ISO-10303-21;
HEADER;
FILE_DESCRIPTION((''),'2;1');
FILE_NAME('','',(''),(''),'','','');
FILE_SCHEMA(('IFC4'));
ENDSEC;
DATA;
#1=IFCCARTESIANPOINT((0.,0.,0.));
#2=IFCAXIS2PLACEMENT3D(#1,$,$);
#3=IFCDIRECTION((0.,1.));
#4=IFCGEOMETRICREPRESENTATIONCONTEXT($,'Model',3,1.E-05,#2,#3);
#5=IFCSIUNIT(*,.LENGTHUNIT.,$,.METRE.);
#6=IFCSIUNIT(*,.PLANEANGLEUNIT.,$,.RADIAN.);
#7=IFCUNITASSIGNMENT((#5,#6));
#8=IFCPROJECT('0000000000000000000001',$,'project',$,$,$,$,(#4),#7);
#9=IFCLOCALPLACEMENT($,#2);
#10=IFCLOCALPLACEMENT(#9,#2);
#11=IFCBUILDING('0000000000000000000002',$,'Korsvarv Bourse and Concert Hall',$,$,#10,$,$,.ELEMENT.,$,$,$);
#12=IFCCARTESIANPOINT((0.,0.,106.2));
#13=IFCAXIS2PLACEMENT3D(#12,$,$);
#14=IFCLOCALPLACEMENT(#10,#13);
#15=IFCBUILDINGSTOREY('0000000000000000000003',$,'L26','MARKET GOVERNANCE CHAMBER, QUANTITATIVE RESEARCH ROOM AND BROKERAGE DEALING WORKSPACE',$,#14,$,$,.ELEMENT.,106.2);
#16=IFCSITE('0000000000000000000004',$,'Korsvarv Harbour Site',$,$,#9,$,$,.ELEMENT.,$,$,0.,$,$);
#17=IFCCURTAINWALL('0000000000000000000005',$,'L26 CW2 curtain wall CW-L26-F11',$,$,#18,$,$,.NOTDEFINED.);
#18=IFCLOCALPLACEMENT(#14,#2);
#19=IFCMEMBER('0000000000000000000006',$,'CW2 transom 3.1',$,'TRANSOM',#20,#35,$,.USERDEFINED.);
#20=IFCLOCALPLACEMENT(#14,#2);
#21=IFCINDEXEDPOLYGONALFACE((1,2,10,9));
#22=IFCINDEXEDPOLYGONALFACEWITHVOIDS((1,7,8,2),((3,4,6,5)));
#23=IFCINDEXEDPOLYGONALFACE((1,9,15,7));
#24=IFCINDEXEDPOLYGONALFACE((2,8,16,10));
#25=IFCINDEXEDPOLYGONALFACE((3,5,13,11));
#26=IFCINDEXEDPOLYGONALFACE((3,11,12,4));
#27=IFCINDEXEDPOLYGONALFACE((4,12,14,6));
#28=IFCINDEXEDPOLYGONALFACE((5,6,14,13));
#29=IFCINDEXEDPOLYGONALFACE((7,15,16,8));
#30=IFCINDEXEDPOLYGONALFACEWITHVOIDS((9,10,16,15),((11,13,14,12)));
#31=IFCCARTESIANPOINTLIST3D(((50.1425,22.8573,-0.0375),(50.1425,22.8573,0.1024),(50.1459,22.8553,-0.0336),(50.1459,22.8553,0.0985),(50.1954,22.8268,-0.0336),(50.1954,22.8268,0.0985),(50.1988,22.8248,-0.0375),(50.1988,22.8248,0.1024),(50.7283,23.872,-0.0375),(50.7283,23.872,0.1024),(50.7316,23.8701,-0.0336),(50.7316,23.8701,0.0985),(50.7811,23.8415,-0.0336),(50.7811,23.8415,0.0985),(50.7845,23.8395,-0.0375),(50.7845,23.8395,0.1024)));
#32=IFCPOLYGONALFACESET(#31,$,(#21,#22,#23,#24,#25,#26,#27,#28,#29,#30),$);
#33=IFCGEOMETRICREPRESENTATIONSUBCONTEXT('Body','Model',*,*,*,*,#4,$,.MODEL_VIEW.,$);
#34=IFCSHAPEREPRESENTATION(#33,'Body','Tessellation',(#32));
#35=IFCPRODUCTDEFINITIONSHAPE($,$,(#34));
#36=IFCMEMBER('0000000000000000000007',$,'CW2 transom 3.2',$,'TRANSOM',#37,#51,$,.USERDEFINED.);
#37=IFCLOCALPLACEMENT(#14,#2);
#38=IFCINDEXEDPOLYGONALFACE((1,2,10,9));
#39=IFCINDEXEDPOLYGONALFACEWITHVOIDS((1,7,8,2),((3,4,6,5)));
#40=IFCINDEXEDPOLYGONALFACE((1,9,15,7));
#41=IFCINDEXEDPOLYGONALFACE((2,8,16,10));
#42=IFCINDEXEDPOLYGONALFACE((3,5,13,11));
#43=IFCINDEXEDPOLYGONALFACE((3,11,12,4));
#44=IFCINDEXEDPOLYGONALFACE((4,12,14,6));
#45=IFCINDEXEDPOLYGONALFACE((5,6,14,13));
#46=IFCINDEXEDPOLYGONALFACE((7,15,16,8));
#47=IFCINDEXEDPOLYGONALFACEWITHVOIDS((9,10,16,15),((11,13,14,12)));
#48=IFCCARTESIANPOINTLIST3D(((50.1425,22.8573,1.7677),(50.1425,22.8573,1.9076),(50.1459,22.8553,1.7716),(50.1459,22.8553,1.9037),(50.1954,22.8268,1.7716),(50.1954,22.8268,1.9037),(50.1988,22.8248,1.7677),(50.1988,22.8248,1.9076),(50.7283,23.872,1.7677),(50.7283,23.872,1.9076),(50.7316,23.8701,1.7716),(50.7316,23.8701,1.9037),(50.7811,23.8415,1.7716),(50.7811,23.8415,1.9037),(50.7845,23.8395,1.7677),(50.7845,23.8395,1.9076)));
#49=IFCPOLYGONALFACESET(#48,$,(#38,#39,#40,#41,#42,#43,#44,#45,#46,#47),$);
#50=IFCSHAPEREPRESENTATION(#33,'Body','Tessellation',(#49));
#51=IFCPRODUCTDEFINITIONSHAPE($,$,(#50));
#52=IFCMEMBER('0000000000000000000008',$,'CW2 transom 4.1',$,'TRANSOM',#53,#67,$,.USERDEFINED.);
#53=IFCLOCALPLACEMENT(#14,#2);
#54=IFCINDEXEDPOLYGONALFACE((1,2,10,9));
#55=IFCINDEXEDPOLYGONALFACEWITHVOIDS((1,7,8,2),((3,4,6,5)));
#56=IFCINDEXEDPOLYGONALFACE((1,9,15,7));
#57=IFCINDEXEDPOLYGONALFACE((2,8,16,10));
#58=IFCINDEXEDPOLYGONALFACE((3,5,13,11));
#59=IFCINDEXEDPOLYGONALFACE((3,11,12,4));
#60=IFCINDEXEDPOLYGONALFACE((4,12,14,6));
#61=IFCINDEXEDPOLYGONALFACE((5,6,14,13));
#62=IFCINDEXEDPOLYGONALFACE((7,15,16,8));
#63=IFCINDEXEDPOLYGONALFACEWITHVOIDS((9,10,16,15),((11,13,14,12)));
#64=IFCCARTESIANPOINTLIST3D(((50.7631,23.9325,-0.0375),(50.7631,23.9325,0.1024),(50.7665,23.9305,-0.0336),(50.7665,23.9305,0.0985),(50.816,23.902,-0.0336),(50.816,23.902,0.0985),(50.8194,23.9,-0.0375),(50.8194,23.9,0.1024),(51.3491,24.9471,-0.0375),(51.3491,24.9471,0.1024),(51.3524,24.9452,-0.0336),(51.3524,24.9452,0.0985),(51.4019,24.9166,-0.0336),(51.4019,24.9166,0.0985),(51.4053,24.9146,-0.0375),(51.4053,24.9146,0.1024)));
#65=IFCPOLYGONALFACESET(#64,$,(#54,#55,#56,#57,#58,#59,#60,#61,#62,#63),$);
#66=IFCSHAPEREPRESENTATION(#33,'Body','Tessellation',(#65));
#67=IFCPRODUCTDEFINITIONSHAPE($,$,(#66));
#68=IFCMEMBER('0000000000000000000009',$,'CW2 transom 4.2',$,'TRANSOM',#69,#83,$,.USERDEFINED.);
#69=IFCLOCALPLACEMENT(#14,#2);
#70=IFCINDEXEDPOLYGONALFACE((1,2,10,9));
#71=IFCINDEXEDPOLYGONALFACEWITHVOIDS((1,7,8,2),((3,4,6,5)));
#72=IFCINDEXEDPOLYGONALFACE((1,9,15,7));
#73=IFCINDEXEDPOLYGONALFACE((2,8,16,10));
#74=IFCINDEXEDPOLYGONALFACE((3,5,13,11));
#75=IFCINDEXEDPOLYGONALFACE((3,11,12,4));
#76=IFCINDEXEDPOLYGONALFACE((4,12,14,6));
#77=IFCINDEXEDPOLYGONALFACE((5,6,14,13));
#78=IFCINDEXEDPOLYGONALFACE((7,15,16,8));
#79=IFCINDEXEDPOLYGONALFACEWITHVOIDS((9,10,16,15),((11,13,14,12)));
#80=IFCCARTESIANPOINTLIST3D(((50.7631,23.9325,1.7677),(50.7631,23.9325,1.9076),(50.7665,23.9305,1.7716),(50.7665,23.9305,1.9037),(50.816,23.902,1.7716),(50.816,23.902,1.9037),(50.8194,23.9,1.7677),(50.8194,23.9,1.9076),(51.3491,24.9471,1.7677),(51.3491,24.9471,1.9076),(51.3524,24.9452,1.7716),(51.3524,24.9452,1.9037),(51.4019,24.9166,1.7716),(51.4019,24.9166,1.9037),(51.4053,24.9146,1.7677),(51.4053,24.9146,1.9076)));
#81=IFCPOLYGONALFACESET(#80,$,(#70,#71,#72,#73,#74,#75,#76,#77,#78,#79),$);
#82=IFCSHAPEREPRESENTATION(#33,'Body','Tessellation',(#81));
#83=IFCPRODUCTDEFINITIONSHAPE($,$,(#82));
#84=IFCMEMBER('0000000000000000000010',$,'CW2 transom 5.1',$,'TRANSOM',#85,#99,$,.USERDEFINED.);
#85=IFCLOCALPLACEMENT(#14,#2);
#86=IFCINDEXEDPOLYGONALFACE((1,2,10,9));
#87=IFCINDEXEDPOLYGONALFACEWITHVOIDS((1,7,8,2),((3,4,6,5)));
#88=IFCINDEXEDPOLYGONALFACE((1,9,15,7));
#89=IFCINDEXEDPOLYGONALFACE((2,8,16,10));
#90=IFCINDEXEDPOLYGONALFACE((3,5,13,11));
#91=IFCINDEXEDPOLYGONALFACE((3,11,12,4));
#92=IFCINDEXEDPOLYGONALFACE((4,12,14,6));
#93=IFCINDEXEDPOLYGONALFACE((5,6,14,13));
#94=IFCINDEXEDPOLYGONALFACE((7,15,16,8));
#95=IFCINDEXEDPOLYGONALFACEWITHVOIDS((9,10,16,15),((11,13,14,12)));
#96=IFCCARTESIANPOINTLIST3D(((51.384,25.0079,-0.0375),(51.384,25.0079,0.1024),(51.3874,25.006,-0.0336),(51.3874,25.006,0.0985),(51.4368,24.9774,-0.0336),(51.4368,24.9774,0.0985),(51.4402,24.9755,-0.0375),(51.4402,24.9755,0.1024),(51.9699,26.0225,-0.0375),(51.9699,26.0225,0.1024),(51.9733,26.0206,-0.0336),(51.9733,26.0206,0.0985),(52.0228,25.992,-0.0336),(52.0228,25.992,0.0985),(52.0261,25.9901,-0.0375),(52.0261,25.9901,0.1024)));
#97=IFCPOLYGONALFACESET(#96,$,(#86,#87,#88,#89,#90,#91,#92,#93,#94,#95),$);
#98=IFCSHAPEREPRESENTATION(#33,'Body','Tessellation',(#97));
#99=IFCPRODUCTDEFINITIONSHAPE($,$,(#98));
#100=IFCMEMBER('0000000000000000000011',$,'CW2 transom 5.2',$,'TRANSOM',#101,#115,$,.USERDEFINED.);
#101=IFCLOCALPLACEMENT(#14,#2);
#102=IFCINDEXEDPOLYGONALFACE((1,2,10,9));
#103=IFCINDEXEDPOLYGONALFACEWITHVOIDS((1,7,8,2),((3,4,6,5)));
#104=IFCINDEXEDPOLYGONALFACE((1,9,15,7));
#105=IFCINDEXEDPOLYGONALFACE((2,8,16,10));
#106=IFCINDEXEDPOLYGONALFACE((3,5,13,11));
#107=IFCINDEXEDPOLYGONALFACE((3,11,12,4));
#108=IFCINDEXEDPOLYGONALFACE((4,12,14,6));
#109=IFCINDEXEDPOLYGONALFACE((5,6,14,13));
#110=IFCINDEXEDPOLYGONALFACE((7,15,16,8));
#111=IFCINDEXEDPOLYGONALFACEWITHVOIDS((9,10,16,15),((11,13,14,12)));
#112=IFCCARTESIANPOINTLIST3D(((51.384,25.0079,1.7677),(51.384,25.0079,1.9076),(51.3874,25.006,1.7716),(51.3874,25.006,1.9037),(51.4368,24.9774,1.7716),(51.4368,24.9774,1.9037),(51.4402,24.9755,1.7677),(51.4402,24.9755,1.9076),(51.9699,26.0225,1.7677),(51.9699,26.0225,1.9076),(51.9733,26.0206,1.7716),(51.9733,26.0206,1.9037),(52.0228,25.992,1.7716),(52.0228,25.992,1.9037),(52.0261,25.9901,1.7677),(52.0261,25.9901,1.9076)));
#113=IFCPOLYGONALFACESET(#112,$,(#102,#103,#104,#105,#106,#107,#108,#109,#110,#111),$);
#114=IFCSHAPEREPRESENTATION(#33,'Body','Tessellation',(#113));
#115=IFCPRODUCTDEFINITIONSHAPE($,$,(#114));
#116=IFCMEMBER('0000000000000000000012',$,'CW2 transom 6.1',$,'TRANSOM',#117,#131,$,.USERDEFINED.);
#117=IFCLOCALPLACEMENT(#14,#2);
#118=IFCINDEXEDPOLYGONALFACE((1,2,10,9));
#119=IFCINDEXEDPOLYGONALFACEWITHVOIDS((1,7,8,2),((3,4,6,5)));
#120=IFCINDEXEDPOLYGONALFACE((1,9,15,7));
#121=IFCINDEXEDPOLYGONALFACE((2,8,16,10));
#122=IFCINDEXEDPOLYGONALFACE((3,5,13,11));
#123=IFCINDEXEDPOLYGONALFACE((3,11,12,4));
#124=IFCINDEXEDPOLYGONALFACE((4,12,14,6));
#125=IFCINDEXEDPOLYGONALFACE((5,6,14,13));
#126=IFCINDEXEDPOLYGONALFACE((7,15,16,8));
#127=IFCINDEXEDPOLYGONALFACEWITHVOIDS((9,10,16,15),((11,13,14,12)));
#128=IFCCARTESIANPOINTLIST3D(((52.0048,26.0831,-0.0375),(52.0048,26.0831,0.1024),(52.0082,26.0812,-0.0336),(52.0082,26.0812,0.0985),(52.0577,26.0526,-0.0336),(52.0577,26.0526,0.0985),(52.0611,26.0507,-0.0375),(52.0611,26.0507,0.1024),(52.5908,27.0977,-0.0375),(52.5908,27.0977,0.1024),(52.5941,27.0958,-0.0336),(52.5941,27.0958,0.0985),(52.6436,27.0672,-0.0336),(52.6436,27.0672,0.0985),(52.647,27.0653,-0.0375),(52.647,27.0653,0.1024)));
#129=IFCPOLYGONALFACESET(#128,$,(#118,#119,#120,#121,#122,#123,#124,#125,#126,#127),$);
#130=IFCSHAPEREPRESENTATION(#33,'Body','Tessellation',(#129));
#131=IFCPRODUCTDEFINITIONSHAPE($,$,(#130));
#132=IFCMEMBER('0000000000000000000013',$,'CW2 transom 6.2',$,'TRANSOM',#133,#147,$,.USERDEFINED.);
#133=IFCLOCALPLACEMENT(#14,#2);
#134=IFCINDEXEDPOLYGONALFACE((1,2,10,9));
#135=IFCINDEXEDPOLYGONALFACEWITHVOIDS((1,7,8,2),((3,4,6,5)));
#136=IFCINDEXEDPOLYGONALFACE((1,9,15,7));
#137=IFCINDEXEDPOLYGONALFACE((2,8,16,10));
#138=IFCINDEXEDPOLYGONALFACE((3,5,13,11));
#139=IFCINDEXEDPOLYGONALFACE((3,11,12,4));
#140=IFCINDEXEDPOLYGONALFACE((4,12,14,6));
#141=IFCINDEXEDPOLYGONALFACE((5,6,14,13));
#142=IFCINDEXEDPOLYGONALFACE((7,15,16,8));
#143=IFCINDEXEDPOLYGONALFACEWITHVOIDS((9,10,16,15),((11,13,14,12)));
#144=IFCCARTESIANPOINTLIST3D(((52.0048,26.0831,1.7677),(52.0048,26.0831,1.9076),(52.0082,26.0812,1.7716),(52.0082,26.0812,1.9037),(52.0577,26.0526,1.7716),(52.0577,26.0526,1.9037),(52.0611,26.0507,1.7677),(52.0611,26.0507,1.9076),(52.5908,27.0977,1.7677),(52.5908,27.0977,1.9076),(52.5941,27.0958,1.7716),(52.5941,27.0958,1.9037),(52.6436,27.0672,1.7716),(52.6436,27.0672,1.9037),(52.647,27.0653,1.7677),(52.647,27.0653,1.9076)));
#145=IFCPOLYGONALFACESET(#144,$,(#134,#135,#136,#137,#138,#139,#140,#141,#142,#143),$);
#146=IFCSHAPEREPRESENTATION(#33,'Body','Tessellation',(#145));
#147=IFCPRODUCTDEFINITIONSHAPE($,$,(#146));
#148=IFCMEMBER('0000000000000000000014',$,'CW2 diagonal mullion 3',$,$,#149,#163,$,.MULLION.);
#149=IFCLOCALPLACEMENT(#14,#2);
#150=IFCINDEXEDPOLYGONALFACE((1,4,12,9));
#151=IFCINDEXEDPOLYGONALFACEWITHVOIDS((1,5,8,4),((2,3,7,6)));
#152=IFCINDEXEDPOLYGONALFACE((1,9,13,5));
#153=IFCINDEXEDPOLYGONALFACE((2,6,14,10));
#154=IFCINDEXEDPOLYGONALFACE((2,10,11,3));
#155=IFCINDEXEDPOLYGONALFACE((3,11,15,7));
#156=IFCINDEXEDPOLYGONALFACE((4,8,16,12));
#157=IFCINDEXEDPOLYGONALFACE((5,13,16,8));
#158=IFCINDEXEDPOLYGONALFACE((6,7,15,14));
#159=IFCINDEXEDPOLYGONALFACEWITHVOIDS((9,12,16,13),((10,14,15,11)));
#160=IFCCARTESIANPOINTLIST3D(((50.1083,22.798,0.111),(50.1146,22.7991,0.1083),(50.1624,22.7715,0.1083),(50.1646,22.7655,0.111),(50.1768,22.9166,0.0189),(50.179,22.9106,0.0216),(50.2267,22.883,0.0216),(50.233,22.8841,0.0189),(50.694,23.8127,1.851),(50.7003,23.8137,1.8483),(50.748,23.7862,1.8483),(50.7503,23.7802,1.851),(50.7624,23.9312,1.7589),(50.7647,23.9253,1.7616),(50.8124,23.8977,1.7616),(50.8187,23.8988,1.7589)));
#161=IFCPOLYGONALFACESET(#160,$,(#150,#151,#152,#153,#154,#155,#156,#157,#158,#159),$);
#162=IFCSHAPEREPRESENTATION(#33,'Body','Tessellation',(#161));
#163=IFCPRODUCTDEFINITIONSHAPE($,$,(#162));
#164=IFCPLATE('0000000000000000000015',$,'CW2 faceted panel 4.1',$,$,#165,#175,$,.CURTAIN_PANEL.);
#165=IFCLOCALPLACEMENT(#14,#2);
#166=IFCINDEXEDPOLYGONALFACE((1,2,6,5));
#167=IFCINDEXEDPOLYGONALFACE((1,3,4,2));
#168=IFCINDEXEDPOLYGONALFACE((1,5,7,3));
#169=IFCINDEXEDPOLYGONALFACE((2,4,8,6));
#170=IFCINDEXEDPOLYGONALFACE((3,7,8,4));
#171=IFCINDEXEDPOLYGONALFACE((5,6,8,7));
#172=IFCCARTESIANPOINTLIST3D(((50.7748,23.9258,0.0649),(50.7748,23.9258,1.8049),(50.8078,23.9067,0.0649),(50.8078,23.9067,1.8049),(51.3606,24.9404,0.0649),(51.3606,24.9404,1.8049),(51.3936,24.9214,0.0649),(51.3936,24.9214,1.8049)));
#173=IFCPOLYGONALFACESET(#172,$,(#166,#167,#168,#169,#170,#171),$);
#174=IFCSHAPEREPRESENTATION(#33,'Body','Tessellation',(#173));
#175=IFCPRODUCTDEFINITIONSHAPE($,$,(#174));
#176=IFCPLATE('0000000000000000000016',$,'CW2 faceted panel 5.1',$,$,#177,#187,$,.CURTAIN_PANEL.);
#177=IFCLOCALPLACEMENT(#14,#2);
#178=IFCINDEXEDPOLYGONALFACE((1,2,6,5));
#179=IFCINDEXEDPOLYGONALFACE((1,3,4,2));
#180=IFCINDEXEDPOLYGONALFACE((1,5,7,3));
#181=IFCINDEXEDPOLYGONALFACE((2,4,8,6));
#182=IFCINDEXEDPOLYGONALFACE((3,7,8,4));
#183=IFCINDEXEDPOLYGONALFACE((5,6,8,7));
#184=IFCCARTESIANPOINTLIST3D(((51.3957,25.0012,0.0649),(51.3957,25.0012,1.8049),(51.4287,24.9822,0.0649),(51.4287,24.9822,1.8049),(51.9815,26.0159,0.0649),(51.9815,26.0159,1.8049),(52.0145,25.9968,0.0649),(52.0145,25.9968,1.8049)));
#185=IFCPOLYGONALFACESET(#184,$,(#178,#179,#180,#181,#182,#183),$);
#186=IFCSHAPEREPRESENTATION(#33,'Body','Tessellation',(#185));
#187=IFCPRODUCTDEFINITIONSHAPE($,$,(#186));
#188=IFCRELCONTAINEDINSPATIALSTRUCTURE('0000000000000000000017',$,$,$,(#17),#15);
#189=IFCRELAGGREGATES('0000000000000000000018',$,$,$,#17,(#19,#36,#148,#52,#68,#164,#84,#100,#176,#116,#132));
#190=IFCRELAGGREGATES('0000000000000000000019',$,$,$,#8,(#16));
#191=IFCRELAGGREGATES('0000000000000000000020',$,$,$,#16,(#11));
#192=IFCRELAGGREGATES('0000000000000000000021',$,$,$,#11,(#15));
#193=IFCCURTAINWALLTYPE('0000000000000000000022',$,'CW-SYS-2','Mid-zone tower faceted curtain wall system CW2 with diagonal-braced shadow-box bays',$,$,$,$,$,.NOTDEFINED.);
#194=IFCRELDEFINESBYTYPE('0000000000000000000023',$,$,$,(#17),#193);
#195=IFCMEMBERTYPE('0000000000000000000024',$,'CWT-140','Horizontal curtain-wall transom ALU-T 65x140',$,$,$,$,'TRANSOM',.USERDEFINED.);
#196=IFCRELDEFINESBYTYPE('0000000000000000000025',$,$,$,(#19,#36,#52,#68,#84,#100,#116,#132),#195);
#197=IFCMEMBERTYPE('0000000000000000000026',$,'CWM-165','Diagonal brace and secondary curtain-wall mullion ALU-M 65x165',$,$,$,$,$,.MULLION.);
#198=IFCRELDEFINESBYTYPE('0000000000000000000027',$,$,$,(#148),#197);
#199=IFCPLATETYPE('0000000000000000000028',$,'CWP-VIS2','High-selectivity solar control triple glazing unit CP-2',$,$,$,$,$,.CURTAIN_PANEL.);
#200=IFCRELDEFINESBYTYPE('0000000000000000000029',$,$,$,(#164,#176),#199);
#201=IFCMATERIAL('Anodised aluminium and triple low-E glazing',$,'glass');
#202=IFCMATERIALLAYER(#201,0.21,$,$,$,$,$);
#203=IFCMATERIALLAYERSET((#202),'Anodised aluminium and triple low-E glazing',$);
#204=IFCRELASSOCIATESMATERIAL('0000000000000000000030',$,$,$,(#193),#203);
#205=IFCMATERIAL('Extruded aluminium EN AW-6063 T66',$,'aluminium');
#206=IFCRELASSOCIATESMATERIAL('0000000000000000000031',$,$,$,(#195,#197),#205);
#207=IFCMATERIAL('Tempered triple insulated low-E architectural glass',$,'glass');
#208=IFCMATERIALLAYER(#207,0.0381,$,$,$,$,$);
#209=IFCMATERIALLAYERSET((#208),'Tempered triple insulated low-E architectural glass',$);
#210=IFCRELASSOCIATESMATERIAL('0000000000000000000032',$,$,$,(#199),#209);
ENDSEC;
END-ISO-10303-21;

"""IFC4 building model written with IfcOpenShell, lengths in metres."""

from ifc_helpers import new_model, si_unit, direction, frame, origin, origin_2d, place, context, subcontext, project, spatial, rectangle, hollow_rectangle, extrude, source, transform, mapped, material, layer, layer_set, material_profile, profile_set, type_object, element, aggregate, save


model = new_model("IFC4")

# Units and contexts
model_context = context("Model", 3, precision=1e-05, world=origin(), true_north=direction((0.0, 1.0)))
body_context = subcontext(model_context, "Body", "Model", "MODEL_VIEW")
ifc_project = project(units=[si_unit("LENGTHUNIT", "METRE"), si_unit("PLANEANGLEUNIT", "RADIAN")], contexts=[model_context])

# Site, building, storey
site_placement = place(None, origin())
site = spatial("IfcSite", under=ifc_project, at=site_placement, Name="Korsvarv Harbour Site", CompositionType="ELEMENT", RefElevation=0.0)
building_placement = place(site_placement, origin())
building = spatial("IfcBuilding", under=site, at=building_placement, Name="Korsvarv Bourse and Concert Hall", CompositionType="ELEMENT")
storey_placement = place(building_placement, frame((0.0, 0.0, 106.2)))
storey = spatial("IfcBuildingStorey", under=building, at=storey_placement, Name="L26", Description="MARKET GOVERNANCE CHAMBER, QUANTITATIVE RESEARCH ROOM AND BROKERAGE DEALING WORKSPACE", CompositionType="ELEMENT", Elevation=106.2)

# Curtain wall, members, plates
ifc_material_1 = material(Name="Anodised aluminium and triple low-E glazing", Category="glass")
ifc_layer_1 = layer(ifc_material_1, 0.21)
ifc_layer_set_1 = layer_set([ifc_layer_1], Name="Anodised aluminium and triple low-E glazing")
curtain_wall_type = type_object("IfcCurtainWallType", Name="CW-SYS-2", Description="Mid-zone tower faceted curtain wall system CW2 with diagonal-braced shadow-box bays", PredefinedType="NOTDEFINED", material=ifc_layer_set_1)
curtain_wall_placement = place(storey_placement, origin())
curtain_wall = element("IfcCurtainWall", 1, at=curtain_wall_placement, inside=storey, type_object=curtain_wall_type, Name="L26 CW2 curtain wall CW-L26-F11", PredefinedType="NOTDEFINED")
ifc_material_2 = material(Name="Extruded aluminium EN AW-6063 T66", Category="aluminium")
ifc_material_profile_1 = material_profile(ifc_material_2, hollow_rectangle(XDim=0.0649, YDim=0.1399, WallThickness=0.0039, at=origin_2d()), Name="ALU-T 65x140")
ifc_profile_set_1 = profile_set([ifc_material_profile_1], Name="Extruded aluminium EN AW-6063 T66")
member_type_1 = type_object("IfcMemberType", Name="CWT-140", Description="Horizontal curtain-wall transom ALU-T 65x140", ElementType="TRANSOM", PredefinedType="USERDEFINED", material=ifc_profile_set_1)
shared_shape_1 = source(origin(), body_context, "Body", "SweptSolid", [
    extrude(hollow_rectangle(XDim=0.0649, YDim=0.1399, WallThickness=0.0039, at=origin_2d()), origin(), (0.0, 0.0, 1.0), 1.1716),
])
member_1_placement = place(storey_placement, frame((50.1707, 22.8411, 0.0325), z_axis=(0.499927, 0.866068, 0.0), x_axis=(-0.866068, 0.499927, 0.0)))
member_1 = element("IfcMember", 2, at=member_1_placement, type_object=member_type_1, Name="CW2 transom 3.1", ObjectType="TRANSOM", PredefinedType="USERDEFINED", context=body_context, shape_type="MappedRepresentation", body=[
    mapped(shared_shape_1, transform((0.0, 0.0, 0.0), scale=1.0)),
])
member_2_placement = place(storey_placement, frame((50.1707, 22.8411, 1.8376), z_axis=(0.499927, 0.866068, 0.0), x_axis=(-0.866068, 0.499927, 0.0)))
member_2 = element("IfcMember", 3, at=member_2_placement, type_object=member_type_1, Name="CW2 transom 3.2", ObjectType="TRANSOM", PredefinedType="USERDEFINED", context=body_context, shape_type="MappedRepresentation", body=[
    mapped(shared_shape_1, transform((0.0, 0.0, 0.0), scale=1.0)),
])
member_3_placement = place(storey_placement, frame((50.7913, 23.9163, 0.0325), z_axis=(0.500083, 0.865977, 0.0), x_axis=(-0.865977, 0.500083, 0.0)))
member_3 = element("IfcMember", 4, at=member_3_placement, type_object=member_type_1, Name="CW2 transom 4.1", ObjectType="TRANSOM", PredefinedType="USERDEFINED", context=body_context, shape_type="MappedRepresentation", body=[
    mapped(shared_shape_1, transform((0.0, 0.0, 0.0), scale=1.0)),
])
member_4_placement = place(storey_placement, frame((50.7913, 23.9163, 1.8376), z_axis=(0.500083, 0.865977, 0.0), x_axis=(-0.865977, 0.500083, 0.0)))
member_4 = element("IfcMember", 5, at=member_4_placement, type_object=member_type_1, Name="CW2 transom 4.2", ObjectType="TRANSOM", PredefinedType="USERDEFINED", context=body_context, shape_type="MappedRepresentation", body=[
    mapped(shared_shape_1, transform((0.0, 0.0, 0.0), scale=1.0)),
])
member_5_placement = place(storey_placement, frame((51.4121, 24.9917, 0.0325), z_axis=(0.500083, 0.865977, 0.0), x_axis=(-0.865977, 0.500083, 0.0)))
member_5 = element("IfcMember", 6, at=member_5_placement, type_object=member_type_1, Name="CW2 transom 5.1", ObjectType="TRANSOM", PredefinedType="USERDEFINED", context=body_context, shape_type="MappedRepresentation", body=[
    mapped(shared_shape_1, transform((0.0, 0.0, 0.0), scale=1.0)),
])
member_6_placement = place(storey_placement, frame((51.4121, 24.9917, 1.8376), z_axis=(0.500083, 0.865977, 0.0), x_axis=(-0.865977, 0.500083, 0.0)))
member_6 = element("IfcMember", 7, at=member_6_placement, type_object=member_type_1, Name="CW2 transom 5.2", ObjectType="TRANSOM", PredefinedType="USERDEFINED", context=body_context, shape_type="MappedRepresentation", body=[
    mapped(shared_shape_1, transform((0.0, 0.0, 0.0), scale=1.0)),
])
member_7_placement = place(storey_placement, frame((52.033, 26.0669, 0.0325), z_axis=(0.500083, 0.865977, 0.0), x_axis=(-0.865977, 0.500083, 0.0)))
member_7 = element("IfcMember", 8, at=member_7_placement, type_object=member_type_1, Name="CW2 transom 6.1", ObjectType="TRANSOM", PredefinedType="USERDEFINED", context=body_context, shape_type="MappedRepresentation", body=[
    mapped(shared_shape_1, transform((0.0, 0.0, 0.0), scale=1.0)),
])
member_8_placement = place(storey_placement, frame((52.033, 26.0669, 1.8376), z_axis=(0.500083, 0.865977, 0.0), x_axis=(-0.865977, 0.500083, 0.0)))
member_8 = element("IfcMember", 9, at=member_8_placement, type_object=member_type_1, Name="CW2 transom 6.2", ObjectType="TRANSOM", PredefinedType="USERDEFINED", context=body_context, shape_type="MappedRepresentation", body=[
    mapped(shared_shape_1, transform((0.0, 0.0, 0.0), scale=1.0)),
])
ifc_material_profile_2 = material_profile(ifc_material_2, hollow_rectangle(XDim=0.0649, YDim=0.165, WallThickness=0.0049, at=origin_2d()), Name="ALU-M 65x165")
ifc_profile_set_2 = profile_set([ifc_material_profile_2], Name="Extruded aluminium EN AW-6063 T66")
member_type_2 = type_object("IfcMemberType", Name="CWM-165", Description="Diagonal brace and secondary curtain-wall mullion ALU-M 65x165", PredefinedType="MULLION", material=ifc_profile_set_2)
shared_shape_2 = source(origin(), body_context, "Body", "SweptSolid", [
    extrude(hollow_rectangle(XDim=0.0649, YDim=0.165, WallThickness=0.0049, at=origin_2d()), origin(), (0.0, 0.0, 1.0), 2.0977),
])
member_9_placement = place(storey_placement, frame((50.1707, 22.8411, 0.0649), z_axis=(0.279215, 0.483708, 0.829497), x_axis=(-0.866068, 0.499927, 0.0)))
member_9 = element("IfcMember", 10, at=member_9_placement, type_object=member_type_2, Name="CW2 diagonal mullion 3", PredefinedType="MULLION", context=body_context, shape_type="MappedRepresentation", body=[
    mapped(shared_shape_2, transform((0.0, 0.0, 0.0), scale=1.0)),
])
ifc_material_3 = material(Name="Tempered triple insulated low-E architectural glass", Category="glass")
ifc_layer_2 = layer(ifc_material_3, 0.0381)
ifc_layer_set_2 = layer_set([ifc_layer_2], Name="Tempered triple insulated low-E architectural glass")
plate_type_1 = type_object("IfcPlateType", Name="CWP-VIS2", Description="High-selectivity solar control triple glazing unit CP-2", PredefinedType="CURTAIN_PANEL", material=ifc_layer_set_2)
shared_shape_3 = source(origin(), body_context, "Body", "SweptSolid", [
    extrude(rectangle(XDim=1.1716, YDim=0.0381, at=origin_2d()), origin(), (0.0, 0.0, 1.0), 1.74),
])
plate_1_placement = place(storey_placement, frame((51.0842, 24.4236, 0.0649), z_axis=(0.0, 0.0, 1.0), x_axis=(0.500002, 0.866024, 0.0)))
plate_1 = element("IfcPlate", 11, at=plate_1_placement, type_object=plate_type_1, Name="CW2 faceted panel 4.1", PredefinedType="CURTAIN_PANEL", context=body_context, shape_type="MappedRepresentation", body=[
    mapped(shared_shape_3, transform((0.0, 0.0, 0.0), scale=1.0)),
])
plate_2_placement = place(storey_placement, frame((51.7051, 25.499, 0.0649), z_axis=(0.0, 0.0, 1.0), x_axis=(0.500002, 0.866024, 0.0)))
plate_2 = element("IfcPlate", 12, at=plate_2_placement, type_object=plate_type_1, Name="CW2 faceted panel 5.1", PredefinedType="CURTAIN_PANEL", context=body_context, shape_type="MappedRepresentation", body=[
    mapped(shared_shape_3, transform((0.0, 0.0, 0.0), scale=1.0)),
])
aggregate(curtain_wall, [member_1, member_2, member_9, member_3, member_4, plate_1, member_5, member_6, plate_2, member_7, member_8])

save(model, "model.ifc")
